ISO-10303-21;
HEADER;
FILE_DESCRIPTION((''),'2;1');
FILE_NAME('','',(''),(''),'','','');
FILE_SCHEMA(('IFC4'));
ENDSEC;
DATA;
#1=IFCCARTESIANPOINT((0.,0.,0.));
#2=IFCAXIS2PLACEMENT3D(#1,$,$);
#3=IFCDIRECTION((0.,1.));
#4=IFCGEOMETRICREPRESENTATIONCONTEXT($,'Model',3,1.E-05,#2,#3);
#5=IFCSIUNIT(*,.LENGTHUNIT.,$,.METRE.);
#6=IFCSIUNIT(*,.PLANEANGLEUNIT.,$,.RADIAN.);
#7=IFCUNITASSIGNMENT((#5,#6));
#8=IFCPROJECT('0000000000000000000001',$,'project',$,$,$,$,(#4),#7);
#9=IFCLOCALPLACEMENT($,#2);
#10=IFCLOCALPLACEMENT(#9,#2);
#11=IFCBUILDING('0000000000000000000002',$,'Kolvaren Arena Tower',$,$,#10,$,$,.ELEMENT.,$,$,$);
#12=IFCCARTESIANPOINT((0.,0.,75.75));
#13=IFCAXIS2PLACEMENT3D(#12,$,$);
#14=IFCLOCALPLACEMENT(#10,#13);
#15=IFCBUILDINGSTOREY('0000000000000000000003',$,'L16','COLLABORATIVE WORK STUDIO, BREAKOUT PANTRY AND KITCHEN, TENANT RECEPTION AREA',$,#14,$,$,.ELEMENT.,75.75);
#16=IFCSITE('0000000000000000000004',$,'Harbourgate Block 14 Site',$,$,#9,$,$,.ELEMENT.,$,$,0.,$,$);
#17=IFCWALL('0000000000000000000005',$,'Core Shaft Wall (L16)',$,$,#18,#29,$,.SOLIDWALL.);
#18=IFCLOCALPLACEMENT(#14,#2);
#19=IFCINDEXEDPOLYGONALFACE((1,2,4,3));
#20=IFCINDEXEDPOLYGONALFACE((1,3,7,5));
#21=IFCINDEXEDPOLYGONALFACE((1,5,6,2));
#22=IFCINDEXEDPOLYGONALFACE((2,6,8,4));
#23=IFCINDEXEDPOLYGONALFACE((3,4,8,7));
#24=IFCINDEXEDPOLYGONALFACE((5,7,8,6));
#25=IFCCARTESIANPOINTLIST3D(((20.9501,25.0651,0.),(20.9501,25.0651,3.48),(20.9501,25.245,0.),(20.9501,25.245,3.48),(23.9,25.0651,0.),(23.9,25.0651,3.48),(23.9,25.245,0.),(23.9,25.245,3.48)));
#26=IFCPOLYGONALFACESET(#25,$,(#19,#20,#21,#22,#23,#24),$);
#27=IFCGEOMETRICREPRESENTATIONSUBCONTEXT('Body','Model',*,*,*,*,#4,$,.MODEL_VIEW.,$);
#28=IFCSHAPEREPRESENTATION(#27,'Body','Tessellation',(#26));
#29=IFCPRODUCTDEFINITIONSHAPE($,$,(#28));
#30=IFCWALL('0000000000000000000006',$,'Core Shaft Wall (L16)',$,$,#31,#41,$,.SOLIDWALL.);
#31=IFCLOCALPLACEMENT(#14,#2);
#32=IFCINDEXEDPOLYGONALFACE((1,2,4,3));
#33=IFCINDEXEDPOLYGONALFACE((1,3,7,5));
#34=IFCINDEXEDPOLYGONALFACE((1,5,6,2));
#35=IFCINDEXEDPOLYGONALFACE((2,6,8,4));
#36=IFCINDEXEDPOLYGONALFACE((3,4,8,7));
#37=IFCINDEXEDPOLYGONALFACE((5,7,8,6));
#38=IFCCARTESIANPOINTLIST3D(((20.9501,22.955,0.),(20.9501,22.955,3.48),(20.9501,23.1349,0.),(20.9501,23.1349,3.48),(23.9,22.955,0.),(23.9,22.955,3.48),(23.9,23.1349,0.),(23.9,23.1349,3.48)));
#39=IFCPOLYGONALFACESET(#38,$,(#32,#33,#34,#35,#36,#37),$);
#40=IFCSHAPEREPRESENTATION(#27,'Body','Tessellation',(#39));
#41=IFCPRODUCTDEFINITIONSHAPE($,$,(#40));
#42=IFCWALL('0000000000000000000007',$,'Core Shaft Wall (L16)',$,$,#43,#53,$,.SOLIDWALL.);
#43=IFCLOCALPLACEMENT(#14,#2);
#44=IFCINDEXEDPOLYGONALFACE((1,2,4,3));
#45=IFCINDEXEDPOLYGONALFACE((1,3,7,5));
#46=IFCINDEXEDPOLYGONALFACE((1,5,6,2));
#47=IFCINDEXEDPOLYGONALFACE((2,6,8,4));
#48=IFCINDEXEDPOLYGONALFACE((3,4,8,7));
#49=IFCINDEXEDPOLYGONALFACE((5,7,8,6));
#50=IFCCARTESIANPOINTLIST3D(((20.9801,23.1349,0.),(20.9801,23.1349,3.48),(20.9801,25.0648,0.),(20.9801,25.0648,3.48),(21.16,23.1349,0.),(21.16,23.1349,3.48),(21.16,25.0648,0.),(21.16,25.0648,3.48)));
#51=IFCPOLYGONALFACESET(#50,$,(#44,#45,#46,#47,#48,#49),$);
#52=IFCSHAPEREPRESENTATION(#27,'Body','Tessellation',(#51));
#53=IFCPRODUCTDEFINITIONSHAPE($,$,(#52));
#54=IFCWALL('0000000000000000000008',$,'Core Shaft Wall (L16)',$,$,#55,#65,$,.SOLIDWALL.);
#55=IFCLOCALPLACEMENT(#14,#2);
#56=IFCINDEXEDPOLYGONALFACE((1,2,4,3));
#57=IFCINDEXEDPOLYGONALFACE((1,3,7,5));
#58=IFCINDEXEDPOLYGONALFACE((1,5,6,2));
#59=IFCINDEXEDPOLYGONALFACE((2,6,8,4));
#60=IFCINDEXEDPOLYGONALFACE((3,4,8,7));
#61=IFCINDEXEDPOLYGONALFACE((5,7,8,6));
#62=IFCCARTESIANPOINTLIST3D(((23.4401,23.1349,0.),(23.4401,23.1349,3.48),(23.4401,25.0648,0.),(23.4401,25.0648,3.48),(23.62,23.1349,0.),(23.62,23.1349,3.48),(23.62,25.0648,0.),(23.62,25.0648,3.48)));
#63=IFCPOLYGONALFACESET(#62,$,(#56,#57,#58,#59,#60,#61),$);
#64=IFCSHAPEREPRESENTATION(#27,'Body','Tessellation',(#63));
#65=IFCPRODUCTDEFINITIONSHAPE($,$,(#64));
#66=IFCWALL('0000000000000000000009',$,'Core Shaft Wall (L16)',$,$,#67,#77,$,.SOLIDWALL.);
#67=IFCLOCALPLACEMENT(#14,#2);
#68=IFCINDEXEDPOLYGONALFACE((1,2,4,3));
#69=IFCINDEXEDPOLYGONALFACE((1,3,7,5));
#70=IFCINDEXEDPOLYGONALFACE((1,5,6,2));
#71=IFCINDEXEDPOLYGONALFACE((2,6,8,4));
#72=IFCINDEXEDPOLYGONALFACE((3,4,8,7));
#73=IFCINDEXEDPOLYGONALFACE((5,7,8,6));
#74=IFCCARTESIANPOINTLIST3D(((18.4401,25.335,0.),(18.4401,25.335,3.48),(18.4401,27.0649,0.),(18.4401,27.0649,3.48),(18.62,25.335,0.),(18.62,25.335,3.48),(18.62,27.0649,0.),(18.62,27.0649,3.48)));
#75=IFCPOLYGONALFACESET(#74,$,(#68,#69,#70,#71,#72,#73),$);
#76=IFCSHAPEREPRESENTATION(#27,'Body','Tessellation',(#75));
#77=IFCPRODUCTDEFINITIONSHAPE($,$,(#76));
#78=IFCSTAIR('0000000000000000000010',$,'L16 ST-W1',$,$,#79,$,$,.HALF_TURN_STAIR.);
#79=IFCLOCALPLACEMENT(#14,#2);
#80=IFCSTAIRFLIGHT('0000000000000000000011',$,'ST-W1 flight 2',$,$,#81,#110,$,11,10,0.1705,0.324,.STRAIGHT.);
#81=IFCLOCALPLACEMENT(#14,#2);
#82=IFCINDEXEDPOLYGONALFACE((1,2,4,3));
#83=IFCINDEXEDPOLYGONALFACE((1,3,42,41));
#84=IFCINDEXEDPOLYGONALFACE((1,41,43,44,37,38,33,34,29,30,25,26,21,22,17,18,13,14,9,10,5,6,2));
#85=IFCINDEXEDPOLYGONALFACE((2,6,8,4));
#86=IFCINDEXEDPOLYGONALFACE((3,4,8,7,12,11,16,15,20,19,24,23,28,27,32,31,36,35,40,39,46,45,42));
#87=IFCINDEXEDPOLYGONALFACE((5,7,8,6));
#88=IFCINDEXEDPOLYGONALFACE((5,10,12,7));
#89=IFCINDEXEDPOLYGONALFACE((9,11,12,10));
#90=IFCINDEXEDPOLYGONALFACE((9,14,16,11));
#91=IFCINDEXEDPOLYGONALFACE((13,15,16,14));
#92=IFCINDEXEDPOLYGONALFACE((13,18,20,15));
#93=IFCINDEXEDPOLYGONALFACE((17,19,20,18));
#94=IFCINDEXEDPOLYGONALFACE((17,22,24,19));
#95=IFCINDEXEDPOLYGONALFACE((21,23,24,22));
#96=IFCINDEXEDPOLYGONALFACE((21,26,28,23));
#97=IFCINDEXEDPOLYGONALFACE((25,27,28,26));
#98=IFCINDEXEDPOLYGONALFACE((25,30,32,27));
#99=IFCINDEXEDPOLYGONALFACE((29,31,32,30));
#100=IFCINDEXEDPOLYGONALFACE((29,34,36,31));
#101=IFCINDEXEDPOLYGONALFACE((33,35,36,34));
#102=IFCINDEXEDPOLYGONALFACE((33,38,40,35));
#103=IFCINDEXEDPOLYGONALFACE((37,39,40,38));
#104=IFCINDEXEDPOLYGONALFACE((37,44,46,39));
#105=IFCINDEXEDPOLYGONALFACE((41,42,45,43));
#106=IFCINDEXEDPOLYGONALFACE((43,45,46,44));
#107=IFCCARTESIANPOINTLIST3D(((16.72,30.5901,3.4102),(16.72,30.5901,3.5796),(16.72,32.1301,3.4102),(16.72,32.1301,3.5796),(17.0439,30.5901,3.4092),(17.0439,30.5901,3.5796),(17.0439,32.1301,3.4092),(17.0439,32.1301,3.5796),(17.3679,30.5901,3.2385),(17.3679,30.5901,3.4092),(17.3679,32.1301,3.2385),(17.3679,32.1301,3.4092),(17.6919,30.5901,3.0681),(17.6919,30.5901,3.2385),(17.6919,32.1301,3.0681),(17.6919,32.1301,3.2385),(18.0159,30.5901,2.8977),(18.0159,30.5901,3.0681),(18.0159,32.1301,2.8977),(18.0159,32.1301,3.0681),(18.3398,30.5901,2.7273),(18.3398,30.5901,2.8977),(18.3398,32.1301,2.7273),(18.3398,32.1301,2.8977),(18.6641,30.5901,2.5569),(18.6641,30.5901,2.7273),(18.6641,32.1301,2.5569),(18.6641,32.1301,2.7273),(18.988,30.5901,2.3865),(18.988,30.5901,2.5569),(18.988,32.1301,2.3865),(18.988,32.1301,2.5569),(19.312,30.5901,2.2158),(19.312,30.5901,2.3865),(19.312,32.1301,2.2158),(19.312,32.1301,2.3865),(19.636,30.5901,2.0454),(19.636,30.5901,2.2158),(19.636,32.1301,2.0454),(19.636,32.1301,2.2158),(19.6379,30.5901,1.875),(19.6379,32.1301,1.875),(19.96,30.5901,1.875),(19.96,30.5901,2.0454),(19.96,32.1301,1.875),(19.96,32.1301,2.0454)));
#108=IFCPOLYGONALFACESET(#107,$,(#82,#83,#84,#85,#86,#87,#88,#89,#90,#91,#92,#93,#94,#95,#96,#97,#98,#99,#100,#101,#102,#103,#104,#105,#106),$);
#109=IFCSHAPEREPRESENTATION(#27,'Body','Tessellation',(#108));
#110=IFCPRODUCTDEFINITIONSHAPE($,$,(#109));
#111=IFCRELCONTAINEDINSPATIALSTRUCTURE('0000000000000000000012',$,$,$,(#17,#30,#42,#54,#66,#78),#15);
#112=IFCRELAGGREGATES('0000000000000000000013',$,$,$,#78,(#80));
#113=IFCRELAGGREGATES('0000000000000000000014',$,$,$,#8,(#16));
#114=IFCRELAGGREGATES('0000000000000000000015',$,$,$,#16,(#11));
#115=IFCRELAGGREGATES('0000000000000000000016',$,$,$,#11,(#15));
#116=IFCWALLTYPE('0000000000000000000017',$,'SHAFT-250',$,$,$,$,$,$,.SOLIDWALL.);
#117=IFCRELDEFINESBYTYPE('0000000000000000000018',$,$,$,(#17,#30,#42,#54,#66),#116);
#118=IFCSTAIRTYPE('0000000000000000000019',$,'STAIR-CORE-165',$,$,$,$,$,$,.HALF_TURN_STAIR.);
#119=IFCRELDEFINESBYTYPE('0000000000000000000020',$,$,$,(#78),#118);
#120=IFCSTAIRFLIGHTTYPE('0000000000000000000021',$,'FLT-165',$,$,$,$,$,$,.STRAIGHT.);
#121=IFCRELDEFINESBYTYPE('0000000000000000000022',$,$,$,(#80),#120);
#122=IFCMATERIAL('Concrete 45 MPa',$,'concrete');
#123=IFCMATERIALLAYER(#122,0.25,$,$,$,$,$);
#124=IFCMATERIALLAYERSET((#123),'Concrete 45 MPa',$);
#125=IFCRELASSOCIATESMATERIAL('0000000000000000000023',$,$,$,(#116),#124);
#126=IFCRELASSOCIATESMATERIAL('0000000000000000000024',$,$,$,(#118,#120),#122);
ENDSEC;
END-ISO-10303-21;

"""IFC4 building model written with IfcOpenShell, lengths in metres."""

from ifc_helpers import new_model, si_unit, direction, frame, frame_2d, origin, place, context, subcontext, project, spatial, polyline, rectangle, outline, extrude, material, layer, layer_set, type_object, element, aggregate, save


model = new_model("IFC4")

# Units and contexts
model_context = context("Model", 3, precision=1e-05, world=origin(), true_north=direction((0.0, 1.0)))
body_context = subcontext(model_context, "Body", "Model", "MODEL_VIEW")
ifc_project = project(units=[si_unit("LENGTHUNIT", "METRE"), si_unit("PLANEANGLEUNIT", "RADIAN")], contexts=[model_context])

# Site, building, storey
site_placement = place(None, origin())
site = spatial("IfcSite", under=ifc_project, at=site_placement, Name="Harbourgate Block 14 Site", CompositionType="ELEMENT", RefElevation=0.0)
building_placement = place(site_placement, origin())
building = spatial("IfcBuilding", under=site, at=building_placement, Name="Kolvaren Arena Tower", CompositionType="ELEMENT")
storey_placement = place(building_placement, frame((0.0, 0.0, 75.75)))
storey = spatial("IfcBuildingStorey", under=building, at=storey_placement, Name="L16", Description="COLLABORATIVE WORK STUDIO, BREAKOUT PANTRY AND KITCHEN, TENANT RECEPTION AREA", CompositionType="ELEMENT", Elevation=75.75)

# Shared definitions
ifc_material_1 = material(Name="Concrete 45 MPa", Category="concrete")
ifc_layer = layer(ifc_material_1, 0.25)
ifc_layer_set = layer_set([ifc_layer], Name="Concrete 45 MPa")
wall_type = type_object("IfcWallType", Name="SHAFT-250", PredefinedType="SOLIDWALL", material=ifc_layer_set)

# Walls
for number, where, z_axis, x_axis, name in (
    (1, (20.95, 25.155, 0.0), (0.0, 0.0, 1.0), (1.0, 0.0, 0.0), "Core Shaft Wall (L16)"),
    (2, (20.95, 23.0449, 0.0), (0.0, 0.0, 1.0), (1.0, 0.0, 0.0), "Core Shaft Wall (L16)"),
):
    element("IfcWall", number, at=place(storey_placement, frame(where, z_axis=z_axis, x_axis=x_axis)), inside=storey, type_object=wall_type, Name=name, PredefinedType="SOLIDWALL", context=body_context, shape_type="SweptSolid", body=[
        extrude(rectangle(XDim=2.95, YDim=0.1799, at=frame_2d((1.4751, 0.0))), origin(), (0.0, 0.0, 1.0), 3.48),
    ])
for number, where, z_axis, x_axis, name in (
    (3, (21.0701, 23.135, 0.0), (0.0, 0.0, 1.0), (0.0, 1.0, 0.0), "Core Shaft Wall (L16)"),
    (4, (23.53, 23.135, 0.0), (0.0, 0.0, 1.0), (0.0, 1.0, 0.0), "Core Shaft Wall (L16)"),
):
    element("IfcWall", number, at=place(storey_placement, frame(where, z_axis=z_axis, x_axis=x_axis)), inside=storey, type_object=wall_type, Name=name, PredefinedType="SOLIDWALL", context=body_context, shape_type="SweptSolid", body=[
        extrude(rectangle(XDim=1.9299, YDim=0.1799, at=frame_2d((0.9648, 0.0))), origin(), (0.0, 0.0, 1.0), 3.48),
    ])
wall_1_placement = place(storey_placement, frame((18.53, 25.335, 0.0), z_axis=(0.0, 0.0, 1.0), x_axis=(0.0, 1.0, 0.0)))
element("IfcWall", 5, at=wall_1_placement, inside=storey, type_object=wall_type, Name="Core Shaft Wall (L16)", PredefinedType="SOLIDWALL", context=body_context, shape_type="SweptSolid", body=[
    extrude(rectangle(XDim=1.73, YDim=0.1799, at=frame_2d((0.865, 0.0))), origin(), (0.0, 0.0, 1.0), 3.48),
])

# Stair, stair flight
stair_type = type_object("IfcStairType", Name="STAIR-CORE-165", PredefinedType="HALF_TURN_STAIR", material=ifc_material_1)
stair_placement = place(storey_placement, origin())
stair = element("IfcStair", 6, at=stair_placement, inside=storey, type_object=stair_type, Name="L16 ST-W1", PredefinedType="HALF_TURN_STAIR")
stair_flight_type = type_object("IfcStairFlightType", Name="FLT-165", PredefinedType="STRAIGHT", material=ifc_material_1)
stair_flight_placement = place(storey_placement, frame((19.96, 31.3601, 1.875), z_axis=(0.0, 0.0, 1.0), x_axis=(-1.0, 0.0, 0.0)))
stair_flight = element("IfcStairFlight", 7, at=stair_flight_placement, type_object=stair_flight_type, Name="ST-W1 flight 2", NumberOfRisers=11, NumberOfTreads=10, PredefinedType="STRAIGHT", RiserHeight=0.1705, TreadLength=0.324, context=body_context, shape_type="SweptSolid", body=[
    extrude(outline(polyline([(0.0, 0.0), (0.0, 0.1704), (0.324, 0.1704), (0.324, 0.3408), (0.6479, 0.3408), (0.6479, 0.5115), (0.9719, 0.5115), (0.9719, 0.6819), (1.2959, 0.6819), (1.2959, 0.8523), (1.6201, 0.8523), (1.6201, 1.0227), (1.9441, 1.0227), (1.9441, 1.1931), (2.2681, 1.1931), (2.2681, 1.3635), (2.592, 1.3635), (2.592, 1.5342), (2.916, 1.5342), (2.916, 1.7046), (3.24, 1.7046), (3.24, 1.875), (3.24, 1.5352), (0.322, 0.0), (0.0, 0.0)])), frame((0.0, 0.77, 0.0), z_axis=(0.0, -1.0, 0.0), x_axis=(1.0, 0.0, 0.0)), (0.0, 0.0, 1.0), 1.54),
])
aggregate(stair, [stair_flight])

save(model, "model.ifc")
